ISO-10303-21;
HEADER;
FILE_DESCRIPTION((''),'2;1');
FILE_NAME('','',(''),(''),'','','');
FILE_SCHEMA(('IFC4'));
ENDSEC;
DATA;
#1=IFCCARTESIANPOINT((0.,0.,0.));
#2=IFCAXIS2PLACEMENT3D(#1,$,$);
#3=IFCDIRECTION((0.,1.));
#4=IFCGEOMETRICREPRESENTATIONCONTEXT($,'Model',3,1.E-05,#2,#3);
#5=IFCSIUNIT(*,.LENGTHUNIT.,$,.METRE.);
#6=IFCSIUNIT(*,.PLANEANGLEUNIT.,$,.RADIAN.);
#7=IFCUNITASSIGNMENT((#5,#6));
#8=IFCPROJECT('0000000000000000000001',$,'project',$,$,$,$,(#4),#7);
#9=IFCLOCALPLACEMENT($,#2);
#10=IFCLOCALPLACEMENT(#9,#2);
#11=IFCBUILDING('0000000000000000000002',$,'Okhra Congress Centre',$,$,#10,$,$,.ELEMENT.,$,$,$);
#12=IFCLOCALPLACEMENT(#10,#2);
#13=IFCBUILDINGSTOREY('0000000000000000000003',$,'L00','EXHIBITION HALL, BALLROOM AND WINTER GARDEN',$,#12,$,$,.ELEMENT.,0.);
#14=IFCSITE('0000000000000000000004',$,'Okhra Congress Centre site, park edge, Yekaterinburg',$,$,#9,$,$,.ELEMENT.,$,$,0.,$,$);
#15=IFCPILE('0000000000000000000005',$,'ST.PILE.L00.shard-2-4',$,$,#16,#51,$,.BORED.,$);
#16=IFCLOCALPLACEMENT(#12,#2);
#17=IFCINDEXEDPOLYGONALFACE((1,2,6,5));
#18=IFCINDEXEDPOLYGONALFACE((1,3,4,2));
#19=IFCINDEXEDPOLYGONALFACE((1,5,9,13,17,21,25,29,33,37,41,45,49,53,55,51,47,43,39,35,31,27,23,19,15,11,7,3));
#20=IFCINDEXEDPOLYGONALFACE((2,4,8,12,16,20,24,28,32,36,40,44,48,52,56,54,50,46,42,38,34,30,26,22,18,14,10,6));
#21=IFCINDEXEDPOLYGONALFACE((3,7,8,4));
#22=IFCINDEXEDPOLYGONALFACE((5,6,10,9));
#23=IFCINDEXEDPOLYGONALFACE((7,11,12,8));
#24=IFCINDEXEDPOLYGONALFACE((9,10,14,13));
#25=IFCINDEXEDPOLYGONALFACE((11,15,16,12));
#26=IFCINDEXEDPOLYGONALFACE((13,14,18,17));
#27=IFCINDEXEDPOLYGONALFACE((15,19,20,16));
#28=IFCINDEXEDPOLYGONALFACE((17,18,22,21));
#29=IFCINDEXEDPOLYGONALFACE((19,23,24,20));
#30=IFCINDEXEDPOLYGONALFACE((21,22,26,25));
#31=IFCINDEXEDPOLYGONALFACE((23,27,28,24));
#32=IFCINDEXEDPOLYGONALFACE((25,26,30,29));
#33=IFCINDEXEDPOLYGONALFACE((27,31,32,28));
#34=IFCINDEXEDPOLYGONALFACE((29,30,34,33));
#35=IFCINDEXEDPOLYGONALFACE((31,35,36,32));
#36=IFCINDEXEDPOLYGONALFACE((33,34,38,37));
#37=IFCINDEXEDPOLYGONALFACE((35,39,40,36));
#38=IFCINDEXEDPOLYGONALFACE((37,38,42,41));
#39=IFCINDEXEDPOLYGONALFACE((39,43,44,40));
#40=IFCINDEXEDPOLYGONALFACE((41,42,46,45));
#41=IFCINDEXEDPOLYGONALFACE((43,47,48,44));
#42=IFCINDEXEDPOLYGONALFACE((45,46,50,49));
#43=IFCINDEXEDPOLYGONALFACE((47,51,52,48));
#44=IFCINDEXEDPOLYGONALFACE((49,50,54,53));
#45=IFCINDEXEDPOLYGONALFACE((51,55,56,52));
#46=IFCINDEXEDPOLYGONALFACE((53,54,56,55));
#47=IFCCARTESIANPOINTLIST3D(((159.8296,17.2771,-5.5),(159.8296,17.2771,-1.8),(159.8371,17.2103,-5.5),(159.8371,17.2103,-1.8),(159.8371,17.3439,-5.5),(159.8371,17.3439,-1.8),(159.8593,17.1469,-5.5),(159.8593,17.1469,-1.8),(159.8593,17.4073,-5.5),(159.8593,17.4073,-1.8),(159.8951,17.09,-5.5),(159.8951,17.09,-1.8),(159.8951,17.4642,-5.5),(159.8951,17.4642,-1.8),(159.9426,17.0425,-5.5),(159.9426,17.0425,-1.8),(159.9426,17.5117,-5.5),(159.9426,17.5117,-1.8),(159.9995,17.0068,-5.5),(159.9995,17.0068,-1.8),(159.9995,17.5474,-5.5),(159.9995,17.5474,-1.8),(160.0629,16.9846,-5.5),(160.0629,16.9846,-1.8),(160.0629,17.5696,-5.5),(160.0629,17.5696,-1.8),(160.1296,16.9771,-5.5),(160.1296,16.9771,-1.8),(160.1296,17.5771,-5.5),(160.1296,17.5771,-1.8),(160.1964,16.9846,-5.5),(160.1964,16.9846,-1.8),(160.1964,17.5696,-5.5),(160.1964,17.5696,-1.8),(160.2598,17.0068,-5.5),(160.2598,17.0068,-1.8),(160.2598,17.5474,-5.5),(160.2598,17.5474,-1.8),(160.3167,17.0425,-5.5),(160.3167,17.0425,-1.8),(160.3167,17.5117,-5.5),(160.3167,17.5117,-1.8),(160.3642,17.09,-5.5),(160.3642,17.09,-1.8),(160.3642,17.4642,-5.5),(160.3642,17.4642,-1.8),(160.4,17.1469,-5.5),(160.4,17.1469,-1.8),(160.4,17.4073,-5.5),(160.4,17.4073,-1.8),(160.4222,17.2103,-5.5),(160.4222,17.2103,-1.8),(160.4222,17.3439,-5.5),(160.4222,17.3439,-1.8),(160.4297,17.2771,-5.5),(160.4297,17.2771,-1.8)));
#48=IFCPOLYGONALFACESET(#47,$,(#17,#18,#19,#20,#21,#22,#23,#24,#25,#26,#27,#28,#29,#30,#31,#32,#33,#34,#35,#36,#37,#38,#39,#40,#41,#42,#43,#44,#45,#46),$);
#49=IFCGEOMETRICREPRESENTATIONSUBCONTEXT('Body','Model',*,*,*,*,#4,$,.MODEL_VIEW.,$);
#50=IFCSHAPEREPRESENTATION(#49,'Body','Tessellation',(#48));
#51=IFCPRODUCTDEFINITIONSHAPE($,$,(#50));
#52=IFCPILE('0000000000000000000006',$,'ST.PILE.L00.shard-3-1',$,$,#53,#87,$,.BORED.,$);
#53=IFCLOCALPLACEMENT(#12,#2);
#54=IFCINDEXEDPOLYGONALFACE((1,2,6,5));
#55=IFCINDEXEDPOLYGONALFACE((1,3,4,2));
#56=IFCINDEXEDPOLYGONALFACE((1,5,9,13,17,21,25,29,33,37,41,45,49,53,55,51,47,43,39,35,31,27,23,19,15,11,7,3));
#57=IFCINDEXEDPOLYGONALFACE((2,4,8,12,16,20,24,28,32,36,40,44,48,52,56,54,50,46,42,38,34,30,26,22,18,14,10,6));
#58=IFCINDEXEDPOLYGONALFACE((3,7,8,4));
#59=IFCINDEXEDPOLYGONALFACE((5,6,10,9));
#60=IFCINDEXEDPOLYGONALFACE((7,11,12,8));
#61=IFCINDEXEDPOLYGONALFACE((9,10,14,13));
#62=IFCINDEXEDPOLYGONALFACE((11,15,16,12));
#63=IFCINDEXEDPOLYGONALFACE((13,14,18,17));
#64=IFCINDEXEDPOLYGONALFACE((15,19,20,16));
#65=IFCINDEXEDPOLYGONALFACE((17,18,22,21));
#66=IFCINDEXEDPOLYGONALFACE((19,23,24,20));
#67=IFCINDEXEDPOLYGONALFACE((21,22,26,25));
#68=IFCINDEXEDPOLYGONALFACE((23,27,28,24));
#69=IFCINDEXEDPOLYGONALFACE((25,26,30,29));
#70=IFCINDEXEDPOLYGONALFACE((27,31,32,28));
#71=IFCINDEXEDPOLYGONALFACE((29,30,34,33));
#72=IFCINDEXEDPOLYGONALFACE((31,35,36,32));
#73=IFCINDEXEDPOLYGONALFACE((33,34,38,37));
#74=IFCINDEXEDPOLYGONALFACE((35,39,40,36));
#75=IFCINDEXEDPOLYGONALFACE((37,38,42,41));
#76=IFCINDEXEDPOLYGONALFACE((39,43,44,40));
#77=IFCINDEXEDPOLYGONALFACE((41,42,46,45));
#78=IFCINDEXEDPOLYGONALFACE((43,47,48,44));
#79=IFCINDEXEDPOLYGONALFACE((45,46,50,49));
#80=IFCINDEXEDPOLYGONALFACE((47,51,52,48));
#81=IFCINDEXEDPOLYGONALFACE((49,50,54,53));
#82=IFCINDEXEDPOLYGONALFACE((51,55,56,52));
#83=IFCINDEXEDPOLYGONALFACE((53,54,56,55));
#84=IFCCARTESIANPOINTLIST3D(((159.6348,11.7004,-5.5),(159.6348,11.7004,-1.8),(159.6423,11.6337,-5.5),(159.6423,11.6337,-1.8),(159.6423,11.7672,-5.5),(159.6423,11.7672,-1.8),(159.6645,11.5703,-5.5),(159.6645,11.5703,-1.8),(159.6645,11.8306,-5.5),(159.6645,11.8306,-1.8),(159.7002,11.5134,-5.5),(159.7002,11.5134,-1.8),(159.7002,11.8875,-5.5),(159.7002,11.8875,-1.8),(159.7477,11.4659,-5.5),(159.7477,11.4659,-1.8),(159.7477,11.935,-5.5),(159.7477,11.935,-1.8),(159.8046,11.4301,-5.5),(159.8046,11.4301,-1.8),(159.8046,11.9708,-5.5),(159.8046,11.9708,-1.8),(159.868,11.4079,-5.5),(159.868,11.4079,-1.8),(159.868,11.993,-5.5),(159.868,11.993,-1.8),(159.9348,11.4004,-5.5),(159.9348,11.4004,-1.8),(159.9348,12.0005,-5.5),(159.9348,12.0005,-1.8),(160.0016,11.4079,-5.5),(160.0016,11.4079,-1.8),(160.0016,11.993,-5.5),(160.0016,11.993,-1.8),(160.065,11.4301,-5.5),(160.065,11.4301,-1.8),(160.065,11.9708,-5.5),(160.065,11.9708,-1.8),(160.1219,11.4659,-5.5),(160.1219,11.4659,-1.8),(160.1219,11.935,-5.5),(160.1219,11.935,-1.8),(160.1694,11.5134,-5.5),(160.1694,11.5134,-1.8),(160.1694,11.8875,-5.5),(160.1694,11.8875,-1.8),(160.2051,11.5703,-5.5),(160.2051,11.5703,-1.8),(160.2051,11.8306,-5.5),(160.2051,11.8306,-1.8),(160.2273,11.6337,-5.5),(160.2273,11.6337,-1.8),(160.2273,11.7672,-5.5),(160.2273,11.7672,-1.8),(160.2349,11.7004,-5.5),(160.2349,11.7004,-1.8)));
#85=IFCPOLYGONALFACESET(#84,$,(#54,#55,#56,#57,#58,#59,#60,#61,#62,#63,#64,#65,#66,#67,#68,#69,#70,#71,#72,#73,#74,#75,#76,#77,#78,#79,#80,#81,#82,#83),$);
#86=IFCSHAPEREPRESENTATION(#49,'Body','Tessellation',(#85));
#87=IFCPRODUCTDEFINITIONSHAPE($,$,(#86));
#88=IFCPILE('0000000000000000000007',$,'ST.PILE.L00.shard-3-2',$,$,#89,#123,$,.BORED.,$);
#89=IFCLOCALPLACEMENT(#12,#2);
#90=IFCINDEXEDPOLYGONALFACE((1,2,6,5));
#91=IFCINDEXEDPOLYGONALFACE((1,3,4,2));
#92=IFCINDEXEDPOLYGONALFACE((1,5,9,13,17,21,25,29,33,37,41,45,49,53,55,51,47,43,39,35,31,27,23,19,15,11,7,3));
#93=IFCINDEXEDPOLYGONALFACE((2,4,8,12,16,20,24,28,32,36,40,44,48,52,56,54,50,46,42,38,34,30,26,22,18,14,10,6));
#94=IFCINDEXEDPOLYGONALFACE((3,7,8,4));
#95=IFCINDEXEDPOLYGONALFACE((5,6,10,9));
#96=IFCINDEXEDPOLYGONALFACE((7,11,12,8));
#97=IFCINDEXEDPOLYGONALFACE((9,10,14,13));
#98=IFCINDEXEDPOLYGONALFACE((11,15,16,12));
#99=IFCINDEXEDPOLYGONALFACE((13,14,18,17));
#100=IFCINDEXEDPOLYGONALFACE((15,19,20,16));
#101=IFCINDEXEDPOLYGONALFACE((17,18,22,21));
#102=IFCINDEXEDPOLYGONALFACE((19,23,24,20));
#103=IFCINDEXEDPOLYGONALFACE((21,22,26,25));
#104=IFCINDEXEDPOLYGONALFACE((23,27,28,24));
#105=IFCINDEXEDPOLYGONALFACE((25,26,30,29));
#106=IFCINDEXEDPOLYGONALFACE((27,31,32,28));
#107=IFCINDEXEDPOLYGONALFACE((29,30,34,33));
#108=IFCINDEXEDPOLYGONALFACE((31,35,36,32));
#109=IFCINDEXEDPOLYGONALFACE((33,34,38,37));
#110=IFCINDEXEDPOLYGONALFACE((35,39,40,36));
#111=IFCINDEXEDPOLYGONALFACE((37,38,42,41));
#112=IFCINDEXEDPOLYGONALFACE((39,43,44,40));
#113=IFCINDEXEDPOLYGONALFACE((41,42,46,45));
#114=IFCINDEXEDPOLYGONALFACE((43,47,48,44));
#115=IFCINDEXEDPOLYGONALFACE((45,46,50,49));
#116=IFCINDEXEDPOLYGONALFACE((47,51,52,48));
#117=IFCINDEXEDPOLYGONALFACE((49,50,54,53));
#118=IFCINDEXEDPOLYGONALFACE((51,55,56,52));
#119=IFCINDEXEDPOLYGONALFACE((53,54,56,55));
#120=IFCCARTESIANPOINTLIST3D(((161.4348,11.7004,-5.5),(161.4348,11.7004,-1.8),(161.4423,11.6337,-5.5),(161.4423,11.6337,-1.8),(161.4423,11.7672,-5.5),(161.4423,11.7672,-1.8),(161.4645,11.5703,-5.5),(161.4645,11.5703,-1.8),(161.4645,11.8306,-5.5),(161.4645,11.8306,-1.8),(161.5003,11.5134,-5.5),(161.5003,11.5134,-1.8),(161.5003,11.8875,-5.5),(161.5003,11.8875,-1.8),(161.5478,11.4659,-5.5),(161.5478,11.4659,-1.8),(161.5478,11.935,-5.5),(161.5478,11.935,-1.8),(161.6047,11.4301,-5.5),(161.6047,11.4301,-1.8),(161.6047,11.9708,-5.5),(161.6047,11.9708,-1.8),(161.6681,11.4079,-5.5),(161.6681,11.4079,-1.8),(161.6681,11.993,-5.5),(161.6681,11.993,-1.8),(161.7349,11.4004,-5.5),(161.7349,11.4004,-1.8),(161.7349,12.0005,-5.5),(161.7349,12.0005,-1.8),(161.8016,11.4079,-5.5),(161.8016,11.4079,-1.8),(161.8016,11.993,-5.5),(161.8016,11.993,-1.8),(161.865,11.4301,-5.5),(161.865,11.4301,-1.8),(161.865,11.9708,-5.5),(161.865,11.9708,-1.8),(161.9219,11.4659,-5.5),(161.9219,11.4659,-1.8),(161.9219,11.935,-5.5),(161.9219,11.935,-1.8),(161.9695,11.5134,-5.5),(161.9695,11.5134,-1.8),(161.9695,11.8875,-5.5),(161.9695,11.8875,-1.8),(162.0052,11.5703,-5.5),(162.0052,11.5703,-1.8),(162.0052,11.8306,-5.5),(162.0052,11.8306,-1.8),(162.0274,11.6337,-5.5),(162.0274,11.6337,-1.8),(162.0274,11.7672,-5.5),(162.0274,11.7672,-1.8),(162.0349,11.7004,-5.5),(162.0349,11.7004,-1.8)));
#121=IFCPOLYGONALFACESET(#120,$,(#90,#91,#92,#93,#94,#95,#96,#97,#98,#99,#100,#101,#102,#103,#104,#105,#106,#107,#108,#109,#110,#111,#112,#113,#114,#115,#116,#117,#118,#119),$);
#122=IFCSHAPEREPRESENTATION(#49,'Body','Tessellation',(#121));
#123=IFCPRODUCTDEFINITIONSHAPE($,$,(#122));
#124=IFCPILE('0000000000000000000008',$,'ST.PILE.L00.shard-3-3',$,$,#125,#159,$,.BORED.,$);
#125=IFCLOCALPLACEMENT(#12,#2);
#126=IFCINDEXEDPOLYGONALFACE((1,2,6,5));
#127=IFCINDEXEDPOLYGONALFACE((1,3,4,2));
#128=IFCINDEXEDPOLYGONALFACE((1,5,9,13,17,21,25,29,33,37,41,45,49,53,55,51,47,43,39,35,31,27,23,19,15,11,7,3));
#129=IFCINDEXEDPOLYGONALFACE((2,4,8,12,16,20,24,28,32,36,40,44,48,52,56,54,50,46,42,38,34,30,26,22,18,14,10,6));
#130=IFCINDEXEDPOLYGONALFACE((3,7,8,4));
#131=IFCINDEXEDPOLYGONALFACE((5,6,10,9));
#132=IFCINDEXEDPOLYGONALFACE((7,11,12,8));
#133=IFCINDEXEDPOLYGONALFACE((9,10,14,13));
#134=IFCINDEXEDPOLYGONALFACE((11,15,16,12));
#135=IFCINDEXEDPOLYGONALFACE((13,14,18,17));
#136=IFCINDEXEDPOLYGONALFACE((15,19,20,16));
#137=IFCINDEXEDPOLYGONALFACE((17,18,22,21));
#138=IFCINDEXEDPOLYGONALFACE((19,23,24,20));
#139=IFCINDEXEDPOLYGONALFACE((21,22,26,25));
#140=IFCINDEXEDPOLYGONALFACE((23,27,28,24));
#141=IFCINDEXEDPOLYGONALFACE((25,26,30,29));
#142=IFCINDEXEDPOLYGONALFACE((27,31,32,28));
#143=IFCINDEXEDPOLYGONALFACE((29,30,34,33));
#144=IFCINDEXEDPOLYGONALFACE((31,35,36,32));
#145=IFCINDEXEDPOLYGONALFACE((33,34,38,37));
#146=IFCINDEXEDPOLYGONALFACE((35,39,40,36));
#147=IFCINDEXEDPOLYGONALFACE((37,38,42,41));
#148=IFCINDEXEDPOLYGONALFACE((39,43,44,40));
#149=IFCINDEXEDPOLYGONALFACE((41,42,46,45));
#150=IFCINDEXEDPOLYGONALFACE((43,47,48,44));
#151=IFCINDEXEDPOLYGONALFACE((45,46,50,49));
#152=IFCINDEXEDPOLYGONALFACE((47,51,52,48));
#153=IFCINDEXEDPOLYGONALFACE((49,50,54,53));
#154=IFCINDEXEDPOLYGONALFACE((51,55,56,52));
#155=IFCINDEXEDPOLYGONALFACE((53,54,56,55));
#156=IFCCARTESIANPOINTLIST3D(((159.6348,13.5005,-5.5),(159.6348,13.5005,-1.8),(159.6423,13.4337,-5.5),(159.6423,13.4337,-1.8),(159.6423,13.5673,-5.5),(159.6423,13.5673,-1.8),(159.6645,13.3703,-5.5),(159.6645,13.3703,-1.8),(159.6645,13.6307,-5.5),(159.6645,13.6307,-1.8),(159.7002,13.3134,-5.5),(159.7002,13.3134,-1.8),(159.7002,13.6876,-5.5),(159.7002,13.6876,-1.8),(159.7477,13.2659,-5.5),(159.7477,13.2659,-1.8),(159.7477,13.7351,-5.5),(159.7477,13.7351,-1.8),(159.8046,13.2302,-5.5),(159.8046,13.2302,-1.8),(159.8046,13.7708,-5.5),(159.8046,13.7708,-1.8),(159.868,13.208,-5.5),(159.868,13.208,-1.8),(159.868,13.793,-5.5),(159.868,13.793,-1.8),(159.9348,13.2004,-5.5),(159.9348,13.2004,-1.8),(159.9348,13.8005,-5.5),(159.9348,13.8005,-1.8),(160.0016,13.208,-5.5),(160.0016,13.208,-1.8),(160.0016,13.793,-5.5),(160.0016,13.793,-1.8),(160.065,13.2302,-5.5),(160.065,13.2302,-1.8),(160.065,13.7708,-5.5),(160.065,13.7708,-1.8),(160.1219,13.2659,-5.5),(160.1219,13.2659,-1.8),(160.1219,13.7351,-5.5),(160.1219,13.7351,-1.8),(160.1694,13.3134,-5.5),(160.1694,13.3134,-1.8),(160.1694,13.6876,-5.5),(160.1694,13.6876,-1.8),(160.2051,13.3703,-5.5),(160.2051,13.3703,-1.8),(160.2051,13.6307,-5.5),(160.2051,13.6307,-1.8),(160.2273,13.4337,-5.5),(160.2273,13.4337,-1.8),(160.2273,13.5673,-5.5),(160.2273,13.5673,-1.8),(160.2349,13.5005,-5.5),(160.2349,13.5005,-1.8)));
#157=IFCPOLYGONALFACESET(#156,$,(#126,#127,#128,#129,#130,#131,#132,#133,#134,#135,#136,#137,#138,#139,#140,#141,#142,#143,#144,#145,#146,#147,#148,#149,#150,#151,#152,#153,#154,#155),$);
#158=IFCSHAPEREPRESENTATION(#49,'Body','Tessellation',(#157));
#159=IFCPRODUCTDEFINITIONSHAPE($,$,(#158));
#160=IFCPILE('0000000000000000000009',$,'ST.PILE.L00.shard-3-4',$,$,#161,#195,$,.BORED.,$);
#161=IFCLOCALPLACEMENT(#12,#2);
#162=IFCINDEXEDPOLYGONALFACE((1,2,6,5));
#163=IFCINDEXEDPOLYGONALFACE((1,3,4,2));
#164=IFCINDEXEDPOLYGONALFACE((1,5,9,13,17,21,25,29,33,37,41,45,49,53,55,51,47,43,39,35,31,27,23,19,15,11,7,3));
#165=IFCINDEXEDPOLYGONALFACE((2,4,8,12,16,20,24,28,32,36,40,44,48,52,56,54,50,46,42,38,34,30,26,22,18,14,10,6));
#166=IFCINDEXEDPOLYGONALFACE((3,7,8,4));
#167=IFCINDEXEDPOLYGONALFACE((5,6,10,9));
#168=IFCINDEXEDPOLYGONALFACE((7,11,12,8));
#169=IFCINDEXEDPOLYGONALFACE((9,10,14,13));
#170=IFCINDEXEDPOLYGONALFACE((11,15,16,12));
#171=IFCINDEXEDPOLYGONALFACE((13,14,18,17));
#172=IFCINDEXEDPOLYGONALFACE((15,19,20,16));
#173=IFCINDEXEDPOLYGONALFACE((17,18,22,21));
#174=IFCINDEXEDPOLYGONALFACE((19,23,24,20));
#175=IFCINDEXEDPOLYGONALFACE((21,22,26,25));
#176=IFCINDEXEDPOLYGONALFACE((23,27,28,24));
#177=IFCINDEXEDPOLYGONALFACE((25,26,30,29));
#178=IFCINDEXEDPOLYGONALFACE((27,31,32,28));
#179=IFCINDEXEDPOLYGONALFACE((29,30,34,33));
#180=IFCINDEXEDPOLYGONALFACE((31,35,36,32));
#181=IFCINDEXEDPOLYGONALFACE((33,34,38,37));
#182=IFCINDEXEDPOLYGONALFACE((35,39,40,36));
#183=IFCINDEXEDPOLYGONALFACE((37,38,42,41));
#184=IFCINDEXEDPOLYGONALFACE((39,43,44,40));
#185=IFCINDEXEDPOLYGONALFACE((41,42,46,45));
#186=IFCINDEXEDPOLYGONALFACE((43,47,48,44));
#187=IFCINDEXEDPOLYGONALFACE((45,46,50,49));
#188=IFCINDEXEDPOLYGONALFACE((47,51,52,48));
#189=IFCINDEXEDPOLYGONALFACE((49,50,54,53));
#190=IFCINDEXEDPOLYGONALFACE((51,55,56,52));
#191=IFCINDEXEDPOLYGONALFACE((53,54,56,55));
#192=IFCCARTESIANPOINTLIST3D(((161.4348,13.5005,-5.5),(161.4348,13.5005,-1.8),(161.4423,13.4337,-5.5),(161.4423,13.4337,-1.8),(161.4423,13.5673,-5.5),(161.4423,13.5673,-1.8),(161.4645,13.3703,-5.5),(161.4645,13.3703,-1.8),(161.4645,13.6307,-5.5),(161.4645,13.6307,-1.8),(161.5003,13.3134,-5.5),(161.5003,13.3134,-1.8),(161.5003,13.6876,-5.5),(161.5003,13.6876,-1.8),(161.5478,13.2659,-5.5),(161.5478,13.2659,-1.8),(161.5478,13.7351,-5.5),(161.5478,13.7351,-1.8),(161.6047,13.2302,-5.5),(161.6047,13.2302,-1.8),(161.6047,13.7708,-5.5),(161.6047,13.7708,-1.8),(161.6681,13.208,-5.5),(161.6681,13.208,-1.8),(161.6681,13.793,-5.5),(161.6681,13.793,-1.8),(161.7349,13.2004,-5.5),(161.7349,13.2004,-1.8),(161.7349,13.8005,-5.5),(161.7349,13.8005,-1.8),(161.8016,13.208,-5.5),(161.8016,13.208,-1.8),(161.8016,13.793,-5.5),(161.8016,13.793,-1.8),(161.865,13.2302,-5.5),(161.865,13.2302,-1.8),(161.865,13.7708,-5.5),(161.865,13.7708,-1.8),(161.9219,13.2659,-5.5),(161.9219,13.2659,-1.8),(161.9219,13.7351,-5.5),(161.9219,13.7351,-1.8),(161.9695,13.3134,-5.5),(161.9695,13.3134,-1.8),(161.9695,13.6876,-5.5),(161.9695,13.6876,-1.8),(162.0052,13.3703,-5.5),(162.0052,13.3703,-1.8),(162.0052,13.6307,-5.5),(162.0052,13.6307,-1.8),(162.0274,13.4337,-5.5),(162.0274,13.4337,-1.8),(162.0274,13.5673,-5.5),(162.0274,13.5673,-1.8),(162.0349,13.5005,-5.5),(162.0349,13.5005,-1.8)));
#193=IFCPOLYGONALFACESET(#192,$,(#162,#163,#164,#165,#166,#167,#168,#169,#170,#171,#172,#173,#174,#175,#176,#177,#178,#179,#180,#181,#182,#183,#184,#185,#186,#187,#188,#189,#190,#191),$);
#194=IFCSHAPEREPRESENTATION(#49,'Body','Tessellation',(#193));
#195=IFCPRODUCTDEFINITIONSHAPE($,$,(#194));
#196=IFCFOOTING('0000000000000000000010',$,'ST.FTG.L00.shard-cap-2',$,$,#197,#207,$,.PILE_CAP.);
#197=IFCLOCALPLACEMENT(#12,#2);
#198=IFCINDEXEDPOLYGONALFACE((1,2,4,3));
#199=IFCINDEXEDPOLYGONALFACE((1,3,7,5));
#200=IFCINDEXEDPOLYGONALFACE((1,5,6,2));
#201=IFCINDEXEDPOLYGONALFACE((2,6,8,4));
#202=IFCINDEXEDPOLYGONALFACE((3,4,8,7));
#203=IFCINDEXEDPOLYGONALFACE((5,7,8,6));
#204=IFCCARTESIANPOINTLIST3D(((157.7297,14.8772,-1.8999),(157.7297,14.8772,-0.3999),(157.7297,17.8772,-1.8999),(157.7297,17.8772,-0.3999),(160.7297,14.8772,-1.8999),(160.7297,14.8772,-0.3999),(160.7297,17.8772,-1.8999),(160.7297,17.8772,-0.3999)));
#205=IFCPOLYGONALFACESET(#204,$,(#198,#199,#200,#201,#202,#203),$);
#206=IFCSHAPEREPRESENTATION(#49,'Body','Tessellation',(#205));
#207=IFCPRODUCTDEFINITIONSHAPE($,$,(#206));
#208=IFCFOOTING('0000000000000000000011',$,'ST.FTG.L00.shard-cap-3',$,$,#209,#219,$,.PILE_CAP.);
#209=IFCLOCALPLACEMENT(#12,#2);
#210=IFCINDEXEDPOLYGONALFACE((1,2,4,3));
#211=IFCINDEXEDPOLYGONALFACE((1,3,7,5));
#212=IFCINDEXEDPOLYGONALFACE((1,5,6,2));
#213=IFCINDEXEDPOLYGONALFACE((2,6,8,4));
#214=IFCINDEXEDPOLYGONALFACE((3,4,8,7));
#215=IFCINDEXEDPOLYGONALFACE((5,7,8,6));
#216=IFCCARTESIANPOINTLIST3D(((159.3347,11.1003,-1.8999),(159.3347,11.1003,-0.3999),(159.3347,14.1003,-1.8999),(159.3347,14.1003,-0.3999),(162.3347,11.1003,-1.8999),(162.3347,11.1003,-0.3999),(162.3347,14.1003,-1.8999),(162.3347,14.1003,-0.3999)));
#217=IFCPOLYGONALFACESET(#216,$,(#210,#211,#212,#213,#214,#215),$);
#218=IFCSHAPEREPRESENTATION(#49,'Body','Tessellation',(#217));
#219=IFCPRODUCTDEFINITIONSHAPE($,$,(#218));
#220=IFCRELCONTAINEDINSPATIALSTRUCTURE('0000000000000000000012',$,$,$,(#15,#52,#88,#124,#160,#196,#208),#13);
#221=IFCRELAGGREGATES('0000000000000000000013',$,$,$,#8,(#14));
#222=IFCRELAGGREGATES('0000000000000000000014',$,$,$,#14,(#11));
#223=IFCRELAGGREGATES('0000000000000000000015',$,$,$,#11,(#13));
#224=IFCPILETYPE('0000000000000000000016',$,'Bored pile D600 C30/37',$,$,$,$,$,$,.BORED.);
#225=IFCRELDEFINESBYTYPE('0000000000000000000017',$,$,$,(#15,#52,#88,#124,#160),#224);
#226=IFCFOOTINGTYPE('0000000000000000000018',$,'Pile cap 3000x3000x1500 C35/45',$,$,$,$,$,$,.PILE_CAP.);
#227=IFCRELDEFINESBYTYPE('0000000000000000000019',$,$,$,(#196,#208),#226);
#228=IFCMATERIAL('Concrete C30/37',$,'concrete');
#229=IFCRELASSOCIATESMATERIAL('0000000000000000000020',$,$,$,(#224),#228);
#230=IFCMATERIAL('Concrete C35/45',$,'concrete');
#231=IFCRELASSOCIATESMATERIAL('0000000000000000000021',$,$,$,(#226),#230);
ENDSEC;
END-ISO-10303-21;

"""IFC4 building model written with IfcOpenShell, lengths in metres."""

from ifc_helpers import new_model, si_unit, direction, frame, origin, origin_2d, place, context, subcontext, project, spatial, rectangle, circle, extrude, material, material_profile, profile_set, type_object, element, save


model = new_model("IFC4")

# Units and contexts
model_context = context("Model", 3, precision=1e-05, world=origin(), true_north=direction((0.0, 1.0)))
body_context = subcontext(model_context, "Body", "Model", "MODEL_VIEW")
ifc_project = project(units=[si_unit("LENGTHUNIT", "METRE"), si_unit("PLANEANGLEUNIT", "RADIAN")], contexts=[model_context])

# Site, building, storey
site_placement = place(None, origin())
site = spatial("IfcSite", under=ifc_project, at=site_placement, Name="Okhra Congress Centre site, park edge, Yekaterinburg", CompositionType="ELEMENT", RefElevation=0.0)
building_placement = place(site_placement, origin())
building = spatial("IfcBuilding", under=site, at=building_placement, Name="Okhra Congress Centre", CompositionType="ELEMENT")
storey_placement = place(building_placement, origin())
storey = spatial("IfcBuildingStorey", under=building, at=storey_placement, Name="L00", Description="EXHIBITION HALL, BALLROOM AND WINTER GARDEN", CompositionType="ELEMENT", Elevation=0.0)

# Piles
ifc_material_1 = material(Name="Concrete C30/37", Category="concrete")
ifc_material_profile_1 = material_profile(ifc_material_1, circle(Radius=0.3, at=origin_2d()), Name="D600")
ifc_profile_set_1 = profile_set([ifc_material_profile_1], Name="Concrete C30/37")
pile_type = type_object("IfcPileType", Name="Bored pile D600 C30/37", PredefinedType="BORED", material=ifc_profile_set_1)
for number, where, z_axis, x_axis, name in (
    (1, (160.1296, 17.2771, -1.8), (0.0, 0.0, -1.0), (1.0, 0.0, 0.0), "ST.PILE.L00.shard-2-4"),
    (2, (159.9348, 11.7004, -1.8), (0.0, 0.0, -1.0), (1.0, 0.0, 0.0), "ST.PILE.L00.shard-3-1"),
    (3, (161.7349, 11.7004, -1.8), (0.0, 0.0, -1.0), (1.0, 0.0, 0.0), "ST.PILE.L00.shard-3-2"),
    (4, (159.9348, 13.5005, -1.8), (0.0, 0.0, -1.0), (1.0, 0.0, 0.0), "ST.PILE.L00.shard-3-3"),
    (5, (161.7349, 13.5005, -1.8), (0.0, 0.0, -1.0), (1.0, 0.0, 0.0), "ST.PILE.L00.shard-3-4"),
):
    element("IfcPile", number, at=place(storey_placement, frame(where, z_axis=z_axis, x_axis=x_axis)), inside=storey, type_object=pile_type, Name=name, PredefinedType="BORED", context=body_context, shape_type="SweptSolid", body=[
        extrude(circle(Radius=0.3, at=origin_2d()), origin(), (0.0, 0.0, 1.0), 3.7),
    ])

# Footings
ifc_material_2 = material(Name="Concrete C35/45", Category="concrete")
footing_type = type_object("IfcFootingType", Name="Pile cap 3000x3000x1500 C35/45", PredefinedType="PILE_CAP", material=ifc_material_2)
for number, where, z_axis, x_axis, name in (
    (6, (159.2297, 16.3772, -1.8999), (0.0, 0.0, 1.0), (1.0, 0.0, 0.0), "ST.FTG.L00.shard-cap-2"),
    (7, (160.8347, 12.6003, -1.8999), (0.0, 0.0, 1.0), (1.0, 0.0, 0.0), "ST.FTG.L00.shard-cap-3"),
):
    element("IfcFooting", number, at=place(storey_placement, frame(where, z_axis=z_axis, x_axis=x_axis)), inside=storey, type_object=footing_type, Name=name, PredefinedType="PILE_CAP", context=body_context, shape_type="SweptSolid", body=[
        extrude(rectangle(XDim=3.0, YDim=3.0, at=origin_2d()), origin(), (0.0, 0.0, 1.0), 1.5),
    ])

save(model, "model.ifc")
